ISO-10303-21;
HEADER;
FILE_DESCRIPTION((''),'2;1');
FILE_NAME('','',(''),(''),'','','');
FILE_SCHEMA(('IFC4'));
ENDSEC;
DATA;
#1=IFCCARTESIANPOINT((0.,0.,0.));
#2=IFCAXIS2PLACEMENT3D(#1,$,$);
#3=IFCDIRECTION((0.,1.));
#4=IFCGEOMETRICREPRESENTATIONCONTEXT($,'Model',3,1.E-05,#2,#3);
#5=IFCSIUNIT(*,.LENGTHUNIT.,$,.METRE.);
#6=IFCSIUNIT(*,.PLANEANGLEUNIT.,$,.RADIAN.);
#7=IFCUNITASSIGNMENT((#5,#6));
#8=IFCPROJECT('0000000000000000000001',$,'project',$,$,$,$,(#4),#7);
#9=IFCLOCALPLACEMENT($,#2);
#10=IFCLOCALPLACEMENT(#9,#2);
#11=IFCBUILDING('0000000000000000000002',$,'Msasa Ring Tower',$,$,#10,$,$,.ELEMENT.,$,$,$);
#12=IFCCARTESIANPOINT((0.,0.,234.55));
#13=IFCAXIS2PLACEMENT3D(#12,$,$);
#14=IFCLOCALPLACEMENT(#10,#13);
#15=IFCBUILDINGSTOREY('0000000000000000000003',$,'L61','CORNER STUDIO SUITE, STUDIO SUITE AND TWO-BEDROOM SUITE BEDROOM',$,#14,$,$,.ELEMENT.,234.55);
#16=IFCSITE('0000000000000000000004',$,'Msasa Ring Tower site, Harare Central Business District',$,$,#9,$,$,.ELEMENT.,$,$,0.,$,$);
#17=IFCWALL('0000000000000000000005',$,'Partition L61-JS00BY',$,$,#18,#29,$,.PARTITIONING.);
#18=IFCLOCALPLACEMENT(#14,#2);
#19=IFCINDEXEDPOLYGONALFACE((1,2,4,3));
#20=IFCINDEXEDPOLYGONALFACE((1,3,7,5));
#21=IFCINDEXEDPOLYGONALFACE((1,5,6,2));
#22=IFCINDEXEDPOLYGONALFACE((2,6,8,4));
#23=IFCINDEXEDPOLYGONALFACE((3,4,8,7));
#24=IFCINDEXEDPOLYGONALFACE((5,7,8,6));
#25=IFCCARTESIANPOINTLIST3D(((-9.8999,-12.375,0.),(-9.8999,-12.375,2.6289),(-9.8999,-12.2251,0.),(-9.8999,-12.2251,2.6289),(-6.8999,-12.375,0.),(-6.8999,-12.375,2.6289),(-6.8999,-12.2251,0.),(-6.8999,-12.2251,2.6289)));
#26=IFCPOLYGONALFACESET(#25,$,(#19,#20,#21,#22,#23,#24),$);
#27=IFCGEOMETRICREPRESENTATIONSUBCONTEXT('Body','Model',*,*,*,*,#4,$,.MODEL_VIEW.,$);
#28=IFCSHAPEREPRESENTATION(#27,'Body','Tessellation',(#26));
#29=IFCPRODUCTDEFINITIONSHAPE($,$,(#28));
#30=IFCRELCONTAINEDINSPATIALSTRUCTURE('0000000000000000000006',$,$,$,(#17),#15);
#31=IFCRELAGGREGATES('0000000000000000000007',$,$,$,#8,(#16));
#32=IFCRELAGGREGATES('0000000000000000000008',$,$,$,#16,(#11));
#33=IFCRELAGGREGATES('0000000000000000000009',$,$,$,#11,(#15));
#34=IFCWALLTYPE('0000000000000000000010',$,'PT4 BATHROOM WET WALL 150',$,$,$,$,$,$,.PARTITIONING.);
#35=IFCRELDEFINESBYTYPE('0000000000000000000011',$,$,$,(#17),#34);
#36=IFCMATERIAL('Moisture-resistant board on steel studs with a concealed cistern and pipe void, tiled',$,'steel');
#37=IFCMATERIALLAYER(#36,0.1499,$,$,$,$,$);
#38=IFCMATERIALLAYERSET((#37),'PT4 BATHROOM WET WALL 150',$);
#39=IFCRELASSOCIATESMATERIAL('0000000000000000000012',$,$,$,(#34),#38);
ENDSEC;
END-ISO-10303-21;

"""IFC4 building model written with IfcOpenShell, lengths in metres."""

from ifc_helpers import new_model, si_unit, direction, frame, frame_2d, origin, place, context, subcontext, project, spatial, rectangle, extrude, material, layer, layer_set, type_object, element, save


model = new_model("IFC4")

# Units and contexts
model_context = context("Model", 3, precision=1e-05, world=origin(), true_north=direction((0.0, 1.0)))
body_context = subcontext(model_context, "Body", "Model", "MODEL_VIEW")
ifc_project = project(units=[si_unit("LENGTHUNIT", "METRE"), si_unit("PLANEANGLEUNIT", "RADIAN")], contexts=[model_context])

# Site, building, storey
site_placement = place(None, origin())
site = spatial("IfcSite", under=ifc_project, at=site_placement, Name="Msasa Ring Tower site, Harare Central Business District", CompositionType="ELEMENT", RefElevation=0.0)
building_placement = place(site_placement, origin())
building = spatial("IfcBuilding", under=site, at=building_placement, Name="Msasa Ring Tower", CompositionType="ELEMENT")
storey_placement = place(building_placement, frame((0.0, 0.0, 234.55)))
storey = spatial("IfcBuildingStorey", under=building, at=storey_placement, Name="L61", Description="CORNER STUDIO SUITE, STUDIO SUITE AND TWO-BEDROOM SUITE BEDROOM", CompositionType="ELEMENT", Elevation=234.55)

# Shared definitions
ifc_material_1 = material(Name="Moisture-resistant board on steel studs with a concealed cistern and pipe void, tiled", Category="steel")
ifc_layer_1 = layer(ifc_material_1, 0.1499)
ifc_layer_set_1 = layer_set([ifc_layer_1], Name="PT4 BATHROOM WET WALL 150")
wall_type_1 = type_object("IfcWallType", Name="PT4 BATHROOM WET WALL 150", PredefinedType="PARTITIONING", material=ifc_layer_set_1)

# Wall
wall_1_placement = place(storey_placement, frame((-9.8999, -12.3, 0.0), z_axis=(0.0, 0.0, 1.0), x_axis=(1.0, 0.0, 0.0)))
element("IfcWall", 1, at=wall_1_placement, inside=storey, type_object=wall_type_1, Name="Partition L61-JS00BY", PredefinedType="PARTITIONING", context=body_context, shape_type="SweptSolid", body=[
    extrude(rectangle(XDim=3.0, YDim=0.1499, at=frame_2d((1.5, 0.0))), origin(), (0.0, 0.0, 1.0), 2.6289),
])

save(model, "model.ifc")
